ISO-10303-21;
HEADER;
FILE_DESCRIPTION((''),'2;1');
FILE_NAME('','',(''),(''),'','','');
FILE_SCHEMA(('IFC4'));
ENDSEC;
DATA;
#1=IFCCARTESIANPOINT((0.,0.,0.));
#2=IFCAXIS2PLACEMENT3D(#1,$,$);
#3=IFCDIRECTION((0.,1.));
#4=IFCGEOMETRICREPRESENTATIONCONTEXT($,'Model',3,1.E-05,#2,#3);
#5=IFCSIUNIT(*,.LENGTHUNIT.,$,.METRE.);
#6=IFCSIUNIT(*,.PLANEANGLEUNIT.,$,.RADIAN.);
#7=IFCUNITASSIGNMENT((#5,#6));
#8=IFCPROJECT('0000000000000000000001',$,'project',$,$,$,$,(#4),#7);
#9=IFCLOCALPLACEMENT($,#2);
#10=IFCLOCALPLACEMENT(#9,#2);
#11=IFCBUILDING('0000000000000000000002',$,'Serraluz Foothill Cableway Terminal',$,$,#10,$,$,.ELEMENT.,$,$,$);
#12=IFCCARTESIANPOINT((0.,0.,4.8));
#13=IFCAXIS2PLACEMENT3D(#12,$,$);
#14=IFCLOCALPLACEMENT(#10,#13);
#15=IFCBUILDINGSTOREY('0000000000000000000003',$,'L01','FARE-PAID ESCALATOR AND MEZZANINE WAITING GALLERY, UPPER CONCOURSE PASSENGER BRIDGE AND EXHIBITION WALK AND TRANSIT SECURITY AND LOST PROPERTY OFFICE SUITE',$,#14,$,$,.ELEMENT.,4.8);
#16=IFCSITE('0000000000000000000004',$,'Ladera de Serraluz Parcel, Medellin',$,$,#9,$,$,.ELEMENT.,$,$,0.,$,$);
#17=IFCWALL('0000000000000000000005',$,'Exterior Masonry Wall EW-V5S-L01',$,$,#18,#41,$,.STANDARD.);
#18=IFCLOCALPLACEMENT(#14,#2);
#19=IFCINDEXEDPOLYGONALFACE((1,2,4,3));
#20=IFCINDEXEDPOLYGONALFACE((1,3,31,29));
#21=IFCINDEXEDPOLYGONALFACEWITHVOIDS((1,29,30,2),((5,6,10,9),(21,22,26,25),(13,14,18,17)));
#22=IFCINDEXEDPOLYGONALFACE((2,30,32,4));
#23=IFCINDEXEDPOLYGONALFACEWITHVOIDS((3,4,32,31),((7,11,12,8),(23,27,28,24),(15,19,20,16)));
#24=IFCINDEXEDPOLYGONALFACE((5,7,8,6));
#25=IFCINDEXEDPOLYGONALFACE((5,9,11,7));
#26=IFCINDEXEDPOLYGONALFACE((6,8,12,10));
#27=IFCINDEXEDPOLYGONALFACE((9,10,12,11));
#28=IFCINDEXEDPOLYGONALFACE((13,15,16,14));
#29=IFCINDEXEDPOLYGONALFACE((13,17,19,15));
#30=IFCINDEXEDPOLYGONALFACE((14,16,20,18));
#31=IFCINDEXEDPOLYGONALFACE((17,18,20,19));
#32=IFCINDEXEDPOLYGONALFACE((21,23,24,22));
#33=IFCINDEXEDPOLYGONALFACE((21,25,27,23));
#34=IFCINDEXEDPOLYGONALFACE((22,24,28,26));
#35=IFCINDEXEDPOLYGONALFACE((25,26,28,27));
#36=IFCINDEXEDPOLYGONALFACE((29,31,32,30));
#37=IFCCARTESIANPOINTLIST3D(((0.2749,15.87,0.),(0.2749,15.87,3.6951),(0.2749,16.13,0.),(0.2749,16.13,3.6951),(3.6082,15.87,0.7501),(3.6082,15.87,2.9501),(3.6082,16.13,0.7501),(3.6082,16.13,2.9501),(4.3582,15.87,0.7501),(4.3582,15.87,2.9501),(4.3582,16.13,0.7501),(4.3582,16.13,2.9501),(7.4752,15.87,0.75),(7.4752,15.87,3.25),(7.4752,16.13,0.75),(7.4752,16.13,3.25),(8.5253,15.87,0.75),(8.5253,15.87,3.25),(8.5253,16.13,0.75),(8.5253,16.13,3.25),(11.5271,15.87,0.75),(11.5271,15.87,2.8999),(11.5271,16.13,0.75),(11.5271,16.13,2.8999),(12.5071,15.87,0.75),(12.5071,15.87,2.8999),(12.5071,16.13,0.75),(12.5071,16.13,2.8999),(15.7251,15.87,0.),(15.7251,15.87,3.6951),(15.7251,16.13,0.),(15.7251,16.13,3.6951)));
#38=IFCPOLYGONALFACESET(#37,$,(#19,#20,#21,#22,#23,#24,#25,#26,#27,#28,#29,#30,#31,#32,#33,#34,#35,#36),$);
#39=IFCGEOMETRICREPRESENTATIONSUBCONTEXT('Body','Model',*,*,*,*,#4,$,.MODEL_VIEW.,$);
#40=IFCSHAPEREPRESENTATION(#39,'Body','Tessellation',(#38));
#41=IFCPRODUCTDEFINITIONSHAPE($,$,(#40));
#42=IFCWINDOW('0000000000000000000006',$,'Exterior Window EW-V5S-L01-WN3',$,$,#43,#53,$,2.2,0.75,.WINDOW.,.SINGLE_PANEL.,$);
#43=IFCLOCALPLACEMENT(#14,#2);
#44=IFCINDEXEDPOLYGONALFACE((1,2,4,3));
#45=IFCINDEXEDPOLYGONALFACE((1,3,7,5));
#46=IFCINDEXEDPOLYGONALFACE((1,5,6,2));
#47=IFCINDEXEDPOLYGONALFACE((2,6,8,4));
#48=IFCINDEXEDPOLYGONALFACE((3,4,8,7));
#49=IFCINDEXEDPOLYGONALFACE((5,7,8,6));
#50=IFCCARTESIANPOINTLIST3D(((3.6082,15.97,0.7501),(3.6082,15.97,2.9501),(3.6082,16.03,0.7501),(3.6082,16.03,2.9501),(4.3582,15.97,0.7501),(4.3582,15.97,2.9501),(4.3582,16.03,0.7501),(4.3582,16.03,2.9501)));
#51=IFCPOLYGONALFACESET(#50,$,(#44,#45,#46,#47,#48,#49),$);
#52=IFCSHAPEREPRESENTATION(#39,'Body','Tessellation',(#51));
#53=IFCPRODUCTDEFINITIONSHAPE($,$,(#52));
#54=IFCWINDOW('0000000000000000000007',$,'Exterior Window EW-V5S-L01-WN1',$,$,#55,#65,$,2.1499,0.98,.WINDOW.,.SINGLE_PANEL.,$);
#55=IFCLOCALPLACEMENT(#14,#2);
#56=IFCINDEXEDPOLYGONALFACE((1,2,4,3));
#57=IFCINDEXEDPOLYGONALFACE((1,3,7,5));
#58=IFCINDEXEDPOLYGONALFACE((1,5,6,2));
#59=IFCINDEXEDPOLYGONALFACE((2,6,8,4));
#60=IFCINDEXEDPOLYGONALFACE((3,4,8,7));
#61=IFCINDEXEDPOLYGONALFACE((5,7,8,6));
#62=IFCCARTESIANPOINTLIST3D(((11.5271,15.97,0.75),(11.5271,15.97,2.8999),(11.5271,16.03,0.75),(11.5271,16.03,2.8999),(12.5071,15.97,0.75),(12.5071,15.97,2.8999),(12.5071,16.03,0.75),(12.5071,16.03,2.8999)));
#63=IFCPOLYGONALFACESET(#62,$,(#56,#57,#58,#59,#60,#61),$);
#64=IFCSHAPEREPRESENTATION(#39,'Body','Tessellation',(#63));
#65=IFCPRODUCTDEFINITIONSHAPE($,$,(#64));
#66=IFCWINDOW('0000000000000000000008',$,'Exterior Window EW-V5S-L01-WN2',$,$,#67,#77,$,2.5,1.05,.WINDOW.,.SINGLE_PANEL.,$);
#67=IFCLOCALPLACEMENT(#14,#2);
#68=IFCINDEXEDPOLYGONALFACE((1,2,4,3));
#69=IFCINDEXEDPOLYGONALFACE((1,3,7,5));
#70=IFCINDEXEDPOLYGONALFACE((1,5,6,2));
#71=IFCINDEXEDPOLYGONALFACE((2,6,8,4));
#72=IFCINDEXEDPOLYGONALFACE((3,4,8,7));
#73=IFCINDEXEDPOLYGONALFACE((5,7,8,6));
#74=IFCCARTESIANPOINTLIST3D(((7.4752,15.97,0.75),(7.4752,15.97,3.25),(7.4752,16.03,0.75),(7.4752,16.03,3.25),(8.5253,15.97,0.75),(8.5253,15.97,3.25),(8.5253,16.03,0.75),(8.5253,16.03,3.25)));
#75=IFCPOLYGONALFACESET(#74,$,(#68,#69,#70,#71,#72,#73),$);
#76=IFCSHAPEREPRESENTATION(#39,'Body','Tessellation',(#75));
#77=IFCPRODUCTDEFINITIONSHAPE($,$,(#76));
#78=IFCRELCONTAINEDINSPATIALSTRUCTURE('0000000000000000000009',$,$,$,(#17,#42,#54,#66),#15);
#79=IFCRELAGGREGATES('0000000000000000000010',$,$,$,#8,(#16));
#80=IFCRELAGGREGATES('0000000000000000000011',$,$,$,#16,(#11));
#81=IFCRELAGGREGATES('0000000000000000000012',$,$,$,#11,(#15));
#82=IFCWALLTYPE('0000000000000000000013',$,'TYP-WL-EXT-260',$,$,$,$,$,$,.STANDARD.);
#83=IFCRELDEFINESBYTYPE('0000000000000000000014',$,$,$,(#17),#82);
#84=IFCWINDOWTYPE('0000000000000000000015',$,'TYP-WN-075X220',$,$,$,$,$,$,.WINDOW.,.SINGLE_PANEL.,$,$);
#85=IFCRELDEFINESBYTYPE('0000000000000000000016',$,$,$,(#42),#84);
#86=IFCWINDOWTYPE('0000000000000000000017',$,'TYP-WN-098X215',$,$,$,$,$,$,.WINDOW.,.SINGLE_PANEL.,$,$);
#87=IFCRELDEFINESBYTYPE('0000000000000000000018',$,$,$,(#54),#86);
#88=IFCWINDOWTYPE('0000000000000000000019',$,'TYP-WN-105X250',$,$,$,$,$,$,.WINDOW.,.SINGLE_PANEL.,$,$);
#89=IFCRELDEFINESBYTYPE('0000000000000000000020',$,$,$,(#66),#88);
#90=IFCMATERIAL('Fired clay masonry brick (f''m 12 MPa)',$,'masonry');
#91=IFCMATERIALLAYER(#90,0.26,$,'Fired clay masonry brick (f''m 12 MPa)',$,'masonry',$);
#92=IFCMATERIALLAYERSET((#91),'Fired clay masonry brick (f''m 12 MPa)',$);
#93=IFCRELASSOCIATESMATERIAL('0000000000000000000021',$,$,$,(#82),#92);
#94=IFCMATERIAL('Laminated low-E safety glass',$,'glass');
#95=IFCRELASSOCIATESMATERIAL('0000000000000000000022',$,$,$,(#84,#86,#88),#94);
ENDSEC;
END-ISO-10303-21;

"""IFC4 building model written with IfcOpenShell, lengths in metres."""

from ifc_helpers import new_model, si_unit, direction, frame, frame_2d, origin, place, context, subcontext, project, spatial, rectangle, extrude, material, layer, layer_set, type_object, element, fill, save


model = new_model("IFC4")

# Units and contexts
model_context = context("Model", 3, precision=1e-05, world=origin(), true_north=direction((0.0, 1.0)))
body_context = subcontext(model_context, "Body", "Model", "MODEL_VIEW")
ifc_project = project(units=[si_unit("LENGTHUNIT", "METRE"), si_unit("PLANEANGLEUNIT", "RADIAN")], contexts=[model_context])

# Site, building, storey
site_placement = place(None, origin())
site = spatial("IfcSite", under=ifc_project, at=site_placement, Name="Ladera de Serraluz Parcel, Medellin", CompositionType="ELEMENT", RefElevation=0.0)
building_placement = place(site_placement, origin())
building = spatial("IfcBuilding", under=site, at=building_placement, Name="Serraluz Foothill Cableway Terminal", CompositionType="ELEMENT")
storey_placement = place(building_placement, frame((0.0, 0.0, 4.8)))
storey = spatial("IfcBuildingStorey", under=building, at=storey_placement, Name="L01", Description="FARE-PAID ESCALATOR AND MEZZANINE WAITING GALLERY, UPPER CONCOURSE PASSENGER BRIDGE AND EXHIBITION WALK AND TRANSIT SECURITY AND LOST PROPERTY OFFICE SUITE", CompositionType="ELEMENT", Elevation=4.8)

# Shared definitions
ifc_material_1 = material(Name="Fired clay masonry brick (f'm 12 MPa)", Category="masonry")

# Wall, openings, windows
ifc_layer_1 = layer(ifc_material_1, 0.26, Name="Fired clay masonry brick (f'm 12 MPa)", Category="masonry")
ifc_layer_set_1 = layer_set([ifc_layer_1], Name="Fired clay masonry brick (f'm 12 MPa)")
wall_type = type_object("IfcWallType", Name="TYP-WL-EXT-260", PredefinedType="STANDARD", material=ifc_layer_set_1)
ifc_material_2 = material(Name="Laminated low-E safety glass", Category="glass")
wall_1_placement = place(storey_placement, frame((15.7251, 16.0, 0.0), z_axis=(0.0, 0.0, 1.0), x_axis=(-1.0, 0.0, 0.0)))
wall_1 = element("IfcWall", 1, at=wall_1_placement, inside=storey, type_object=wall_type, Name="Exterior Masonry Wall EW-V5S-L01", PredefinedType="STANDARD", context=body_context, shape_type="SweptSolid", body=[
    extrude(rectangle(XDim=15.4502, YDim=0.26, at=frame_2d((7.7251, 0.0))), origin(), (0.0, 0.0, 1.0), 3.6951),
])
opening_1_placement = place(wall_1_placement, frame((3.218, 0.0, 0.75)))
opening_1 = element("IfcOpeningElement", 2, at=opening_1_placement, cuts=wall_1, PredefinedType="OPENING", context=body_context, shape_type="SweptSolid", body=[
    extrude(rectangle(XDim=0.98, YDim=2.1499, at=frame_2d((0.49, 1.075))), frame((0.0, 0.1401, 0.0), z_axis=(0.0, -1.0, 0.0), x_axis=(1.0, 0.0, 0.0)), (0.0, 0.0, 1.0), 0.28),
])
opening_2_placement = place(wall_1_placement, frame((7.2, 0.0, 0.75)))
opening_2 = element("IfcOpeningElement", 3, at=opening_2_placement, cuts=wall_1, PredefinedType="OPENING", context=body_context, shape_type="SweptSolid", body=[
    extrude(rectangle(XDim=1.05, YDim=2.5, at=frame_2d((0.5249, 1.25))), frame((0.0, 0.1401, 0.0), z_axis=(0.0, -1.0, 0.0), x_axis=(1.0, 0.0, 0.0)), (0.0, 0.0, 1.0), 0.28),
])
opening_3_placement = place(wall_1_placement, frame((11.3669, 0.0, 0.75)))
opening_3 = element("IfcOpeningElement", 4, at=opening_3_placement, cuts=wall_1, PredefinedType="OPENING", context=body_context, shape_type="SweptSolid", body=[
    extrude(rectangle(XDim=0.75, YDim=2.2, at=frame_2d((0.375, 1.1001))), frame((0.0, 0.1401, 0.0), z_axis=(0.0, -1.0, 0.0), x_axis=(1.0, 0.0, 0.0)), (0.0, 0.0, 1.0), 0.28),
])
window_type_1 = type_object("IfcWindowType", Name="TYP-WN-075X220", PartitioningType="SINGLE_PANEL", PredefinedType="WINDOW", material=ifc_material_2)
window_1_placement = place(opening_3_placement, origin())
window_1 = element("IfcWindow", 5, at=window_1_placement, inside=storey, type_object=window_type_1, Name="Exterior Window EW-V5S-L01-WN3", OverallHeight=2.2, OverallWidth=0.75, PartitioningType="SINGLE_PANEL", PredefinedType="WINDOW", context=body_context, shape_type="SweptSolid", body=[
    extrude(rectangle(XDim=0.75, YDim=2.2, at=frame_2d((0.375, 1.1001))), frame((0.0, 0.03, 0.0), z_axis=(0.0, -1.0, 0.0), x_axis=(1.0, 0.0, 0.0)), (0.0, 0.0, 1.0), 0.0601),
])
fill(opening_3, window_1)
window_type_2 = type_object("IfcWindowType", Name="TYP-WN-098X215", PartitioningType="SINGLE_PANEL", PredefinedType="WINDOW", material=ifc_material_2)
window_2_placement = place(opening_1_placement, origin())
window_2 = element("IfcWindow", 6, at=window_2_placement, inside=storey, type_object=window_type_2, Name="Exterior Window EW-V5S-L01-WN1", OverallHeight=2.1499, OverallWidth=0.98, PartitioningType="SINGLE_PANEL", PredefinedType="WINDOW", context=body_context, shape_type="SweptSolid", body=[
    extrude(rectangle(XDim=0.98, YDim=2.1499, at=frame_2d((0.49, 1.075))), frame((0.0, 0.03, 0.0), z_axis=(0.0, -1.0, 0.0), x_axis=(1.0, 0.0, 0.0)), (0.0, 0.0, 1.0), 0.0601),
])
fill(opening_1, window_2)
window_type_3 = type_object("IfcWindowType", Name="TYP-WN-105X250", PartitioningType="SINGLE_PANEL", PredefinedType="WINDOW", material=ifc_material_2)
window_3_placement = place(opening_2_placement, origin())
window_3 = element("IfcWindow", 7, at=window_3_placement, inside=storey, type_object=window_type_3, Name="Exterior Window EW-V5S-L01-WN2", OverallHeight=2.5, OverallWidth=1.05, PartitioningType="SINGLE_PANEL", PredefinedType="WINDOW", context=body_context, shape_type="SweptSolid", body=[
    extrude(rectangle(XDim=1.05, YDim=2.5, at=frame_2d((0.5249, 1.25))), frame((0.0, 0.03, 0.0), z_axis=(0.0, -1.0, 0.0), x_axis=(1.0, 0.0, 0.0)), (0.0, 0.0, 1.0), 0.0601),
])
fill(opening_2, window_3)

save(model, "model.ifc")
